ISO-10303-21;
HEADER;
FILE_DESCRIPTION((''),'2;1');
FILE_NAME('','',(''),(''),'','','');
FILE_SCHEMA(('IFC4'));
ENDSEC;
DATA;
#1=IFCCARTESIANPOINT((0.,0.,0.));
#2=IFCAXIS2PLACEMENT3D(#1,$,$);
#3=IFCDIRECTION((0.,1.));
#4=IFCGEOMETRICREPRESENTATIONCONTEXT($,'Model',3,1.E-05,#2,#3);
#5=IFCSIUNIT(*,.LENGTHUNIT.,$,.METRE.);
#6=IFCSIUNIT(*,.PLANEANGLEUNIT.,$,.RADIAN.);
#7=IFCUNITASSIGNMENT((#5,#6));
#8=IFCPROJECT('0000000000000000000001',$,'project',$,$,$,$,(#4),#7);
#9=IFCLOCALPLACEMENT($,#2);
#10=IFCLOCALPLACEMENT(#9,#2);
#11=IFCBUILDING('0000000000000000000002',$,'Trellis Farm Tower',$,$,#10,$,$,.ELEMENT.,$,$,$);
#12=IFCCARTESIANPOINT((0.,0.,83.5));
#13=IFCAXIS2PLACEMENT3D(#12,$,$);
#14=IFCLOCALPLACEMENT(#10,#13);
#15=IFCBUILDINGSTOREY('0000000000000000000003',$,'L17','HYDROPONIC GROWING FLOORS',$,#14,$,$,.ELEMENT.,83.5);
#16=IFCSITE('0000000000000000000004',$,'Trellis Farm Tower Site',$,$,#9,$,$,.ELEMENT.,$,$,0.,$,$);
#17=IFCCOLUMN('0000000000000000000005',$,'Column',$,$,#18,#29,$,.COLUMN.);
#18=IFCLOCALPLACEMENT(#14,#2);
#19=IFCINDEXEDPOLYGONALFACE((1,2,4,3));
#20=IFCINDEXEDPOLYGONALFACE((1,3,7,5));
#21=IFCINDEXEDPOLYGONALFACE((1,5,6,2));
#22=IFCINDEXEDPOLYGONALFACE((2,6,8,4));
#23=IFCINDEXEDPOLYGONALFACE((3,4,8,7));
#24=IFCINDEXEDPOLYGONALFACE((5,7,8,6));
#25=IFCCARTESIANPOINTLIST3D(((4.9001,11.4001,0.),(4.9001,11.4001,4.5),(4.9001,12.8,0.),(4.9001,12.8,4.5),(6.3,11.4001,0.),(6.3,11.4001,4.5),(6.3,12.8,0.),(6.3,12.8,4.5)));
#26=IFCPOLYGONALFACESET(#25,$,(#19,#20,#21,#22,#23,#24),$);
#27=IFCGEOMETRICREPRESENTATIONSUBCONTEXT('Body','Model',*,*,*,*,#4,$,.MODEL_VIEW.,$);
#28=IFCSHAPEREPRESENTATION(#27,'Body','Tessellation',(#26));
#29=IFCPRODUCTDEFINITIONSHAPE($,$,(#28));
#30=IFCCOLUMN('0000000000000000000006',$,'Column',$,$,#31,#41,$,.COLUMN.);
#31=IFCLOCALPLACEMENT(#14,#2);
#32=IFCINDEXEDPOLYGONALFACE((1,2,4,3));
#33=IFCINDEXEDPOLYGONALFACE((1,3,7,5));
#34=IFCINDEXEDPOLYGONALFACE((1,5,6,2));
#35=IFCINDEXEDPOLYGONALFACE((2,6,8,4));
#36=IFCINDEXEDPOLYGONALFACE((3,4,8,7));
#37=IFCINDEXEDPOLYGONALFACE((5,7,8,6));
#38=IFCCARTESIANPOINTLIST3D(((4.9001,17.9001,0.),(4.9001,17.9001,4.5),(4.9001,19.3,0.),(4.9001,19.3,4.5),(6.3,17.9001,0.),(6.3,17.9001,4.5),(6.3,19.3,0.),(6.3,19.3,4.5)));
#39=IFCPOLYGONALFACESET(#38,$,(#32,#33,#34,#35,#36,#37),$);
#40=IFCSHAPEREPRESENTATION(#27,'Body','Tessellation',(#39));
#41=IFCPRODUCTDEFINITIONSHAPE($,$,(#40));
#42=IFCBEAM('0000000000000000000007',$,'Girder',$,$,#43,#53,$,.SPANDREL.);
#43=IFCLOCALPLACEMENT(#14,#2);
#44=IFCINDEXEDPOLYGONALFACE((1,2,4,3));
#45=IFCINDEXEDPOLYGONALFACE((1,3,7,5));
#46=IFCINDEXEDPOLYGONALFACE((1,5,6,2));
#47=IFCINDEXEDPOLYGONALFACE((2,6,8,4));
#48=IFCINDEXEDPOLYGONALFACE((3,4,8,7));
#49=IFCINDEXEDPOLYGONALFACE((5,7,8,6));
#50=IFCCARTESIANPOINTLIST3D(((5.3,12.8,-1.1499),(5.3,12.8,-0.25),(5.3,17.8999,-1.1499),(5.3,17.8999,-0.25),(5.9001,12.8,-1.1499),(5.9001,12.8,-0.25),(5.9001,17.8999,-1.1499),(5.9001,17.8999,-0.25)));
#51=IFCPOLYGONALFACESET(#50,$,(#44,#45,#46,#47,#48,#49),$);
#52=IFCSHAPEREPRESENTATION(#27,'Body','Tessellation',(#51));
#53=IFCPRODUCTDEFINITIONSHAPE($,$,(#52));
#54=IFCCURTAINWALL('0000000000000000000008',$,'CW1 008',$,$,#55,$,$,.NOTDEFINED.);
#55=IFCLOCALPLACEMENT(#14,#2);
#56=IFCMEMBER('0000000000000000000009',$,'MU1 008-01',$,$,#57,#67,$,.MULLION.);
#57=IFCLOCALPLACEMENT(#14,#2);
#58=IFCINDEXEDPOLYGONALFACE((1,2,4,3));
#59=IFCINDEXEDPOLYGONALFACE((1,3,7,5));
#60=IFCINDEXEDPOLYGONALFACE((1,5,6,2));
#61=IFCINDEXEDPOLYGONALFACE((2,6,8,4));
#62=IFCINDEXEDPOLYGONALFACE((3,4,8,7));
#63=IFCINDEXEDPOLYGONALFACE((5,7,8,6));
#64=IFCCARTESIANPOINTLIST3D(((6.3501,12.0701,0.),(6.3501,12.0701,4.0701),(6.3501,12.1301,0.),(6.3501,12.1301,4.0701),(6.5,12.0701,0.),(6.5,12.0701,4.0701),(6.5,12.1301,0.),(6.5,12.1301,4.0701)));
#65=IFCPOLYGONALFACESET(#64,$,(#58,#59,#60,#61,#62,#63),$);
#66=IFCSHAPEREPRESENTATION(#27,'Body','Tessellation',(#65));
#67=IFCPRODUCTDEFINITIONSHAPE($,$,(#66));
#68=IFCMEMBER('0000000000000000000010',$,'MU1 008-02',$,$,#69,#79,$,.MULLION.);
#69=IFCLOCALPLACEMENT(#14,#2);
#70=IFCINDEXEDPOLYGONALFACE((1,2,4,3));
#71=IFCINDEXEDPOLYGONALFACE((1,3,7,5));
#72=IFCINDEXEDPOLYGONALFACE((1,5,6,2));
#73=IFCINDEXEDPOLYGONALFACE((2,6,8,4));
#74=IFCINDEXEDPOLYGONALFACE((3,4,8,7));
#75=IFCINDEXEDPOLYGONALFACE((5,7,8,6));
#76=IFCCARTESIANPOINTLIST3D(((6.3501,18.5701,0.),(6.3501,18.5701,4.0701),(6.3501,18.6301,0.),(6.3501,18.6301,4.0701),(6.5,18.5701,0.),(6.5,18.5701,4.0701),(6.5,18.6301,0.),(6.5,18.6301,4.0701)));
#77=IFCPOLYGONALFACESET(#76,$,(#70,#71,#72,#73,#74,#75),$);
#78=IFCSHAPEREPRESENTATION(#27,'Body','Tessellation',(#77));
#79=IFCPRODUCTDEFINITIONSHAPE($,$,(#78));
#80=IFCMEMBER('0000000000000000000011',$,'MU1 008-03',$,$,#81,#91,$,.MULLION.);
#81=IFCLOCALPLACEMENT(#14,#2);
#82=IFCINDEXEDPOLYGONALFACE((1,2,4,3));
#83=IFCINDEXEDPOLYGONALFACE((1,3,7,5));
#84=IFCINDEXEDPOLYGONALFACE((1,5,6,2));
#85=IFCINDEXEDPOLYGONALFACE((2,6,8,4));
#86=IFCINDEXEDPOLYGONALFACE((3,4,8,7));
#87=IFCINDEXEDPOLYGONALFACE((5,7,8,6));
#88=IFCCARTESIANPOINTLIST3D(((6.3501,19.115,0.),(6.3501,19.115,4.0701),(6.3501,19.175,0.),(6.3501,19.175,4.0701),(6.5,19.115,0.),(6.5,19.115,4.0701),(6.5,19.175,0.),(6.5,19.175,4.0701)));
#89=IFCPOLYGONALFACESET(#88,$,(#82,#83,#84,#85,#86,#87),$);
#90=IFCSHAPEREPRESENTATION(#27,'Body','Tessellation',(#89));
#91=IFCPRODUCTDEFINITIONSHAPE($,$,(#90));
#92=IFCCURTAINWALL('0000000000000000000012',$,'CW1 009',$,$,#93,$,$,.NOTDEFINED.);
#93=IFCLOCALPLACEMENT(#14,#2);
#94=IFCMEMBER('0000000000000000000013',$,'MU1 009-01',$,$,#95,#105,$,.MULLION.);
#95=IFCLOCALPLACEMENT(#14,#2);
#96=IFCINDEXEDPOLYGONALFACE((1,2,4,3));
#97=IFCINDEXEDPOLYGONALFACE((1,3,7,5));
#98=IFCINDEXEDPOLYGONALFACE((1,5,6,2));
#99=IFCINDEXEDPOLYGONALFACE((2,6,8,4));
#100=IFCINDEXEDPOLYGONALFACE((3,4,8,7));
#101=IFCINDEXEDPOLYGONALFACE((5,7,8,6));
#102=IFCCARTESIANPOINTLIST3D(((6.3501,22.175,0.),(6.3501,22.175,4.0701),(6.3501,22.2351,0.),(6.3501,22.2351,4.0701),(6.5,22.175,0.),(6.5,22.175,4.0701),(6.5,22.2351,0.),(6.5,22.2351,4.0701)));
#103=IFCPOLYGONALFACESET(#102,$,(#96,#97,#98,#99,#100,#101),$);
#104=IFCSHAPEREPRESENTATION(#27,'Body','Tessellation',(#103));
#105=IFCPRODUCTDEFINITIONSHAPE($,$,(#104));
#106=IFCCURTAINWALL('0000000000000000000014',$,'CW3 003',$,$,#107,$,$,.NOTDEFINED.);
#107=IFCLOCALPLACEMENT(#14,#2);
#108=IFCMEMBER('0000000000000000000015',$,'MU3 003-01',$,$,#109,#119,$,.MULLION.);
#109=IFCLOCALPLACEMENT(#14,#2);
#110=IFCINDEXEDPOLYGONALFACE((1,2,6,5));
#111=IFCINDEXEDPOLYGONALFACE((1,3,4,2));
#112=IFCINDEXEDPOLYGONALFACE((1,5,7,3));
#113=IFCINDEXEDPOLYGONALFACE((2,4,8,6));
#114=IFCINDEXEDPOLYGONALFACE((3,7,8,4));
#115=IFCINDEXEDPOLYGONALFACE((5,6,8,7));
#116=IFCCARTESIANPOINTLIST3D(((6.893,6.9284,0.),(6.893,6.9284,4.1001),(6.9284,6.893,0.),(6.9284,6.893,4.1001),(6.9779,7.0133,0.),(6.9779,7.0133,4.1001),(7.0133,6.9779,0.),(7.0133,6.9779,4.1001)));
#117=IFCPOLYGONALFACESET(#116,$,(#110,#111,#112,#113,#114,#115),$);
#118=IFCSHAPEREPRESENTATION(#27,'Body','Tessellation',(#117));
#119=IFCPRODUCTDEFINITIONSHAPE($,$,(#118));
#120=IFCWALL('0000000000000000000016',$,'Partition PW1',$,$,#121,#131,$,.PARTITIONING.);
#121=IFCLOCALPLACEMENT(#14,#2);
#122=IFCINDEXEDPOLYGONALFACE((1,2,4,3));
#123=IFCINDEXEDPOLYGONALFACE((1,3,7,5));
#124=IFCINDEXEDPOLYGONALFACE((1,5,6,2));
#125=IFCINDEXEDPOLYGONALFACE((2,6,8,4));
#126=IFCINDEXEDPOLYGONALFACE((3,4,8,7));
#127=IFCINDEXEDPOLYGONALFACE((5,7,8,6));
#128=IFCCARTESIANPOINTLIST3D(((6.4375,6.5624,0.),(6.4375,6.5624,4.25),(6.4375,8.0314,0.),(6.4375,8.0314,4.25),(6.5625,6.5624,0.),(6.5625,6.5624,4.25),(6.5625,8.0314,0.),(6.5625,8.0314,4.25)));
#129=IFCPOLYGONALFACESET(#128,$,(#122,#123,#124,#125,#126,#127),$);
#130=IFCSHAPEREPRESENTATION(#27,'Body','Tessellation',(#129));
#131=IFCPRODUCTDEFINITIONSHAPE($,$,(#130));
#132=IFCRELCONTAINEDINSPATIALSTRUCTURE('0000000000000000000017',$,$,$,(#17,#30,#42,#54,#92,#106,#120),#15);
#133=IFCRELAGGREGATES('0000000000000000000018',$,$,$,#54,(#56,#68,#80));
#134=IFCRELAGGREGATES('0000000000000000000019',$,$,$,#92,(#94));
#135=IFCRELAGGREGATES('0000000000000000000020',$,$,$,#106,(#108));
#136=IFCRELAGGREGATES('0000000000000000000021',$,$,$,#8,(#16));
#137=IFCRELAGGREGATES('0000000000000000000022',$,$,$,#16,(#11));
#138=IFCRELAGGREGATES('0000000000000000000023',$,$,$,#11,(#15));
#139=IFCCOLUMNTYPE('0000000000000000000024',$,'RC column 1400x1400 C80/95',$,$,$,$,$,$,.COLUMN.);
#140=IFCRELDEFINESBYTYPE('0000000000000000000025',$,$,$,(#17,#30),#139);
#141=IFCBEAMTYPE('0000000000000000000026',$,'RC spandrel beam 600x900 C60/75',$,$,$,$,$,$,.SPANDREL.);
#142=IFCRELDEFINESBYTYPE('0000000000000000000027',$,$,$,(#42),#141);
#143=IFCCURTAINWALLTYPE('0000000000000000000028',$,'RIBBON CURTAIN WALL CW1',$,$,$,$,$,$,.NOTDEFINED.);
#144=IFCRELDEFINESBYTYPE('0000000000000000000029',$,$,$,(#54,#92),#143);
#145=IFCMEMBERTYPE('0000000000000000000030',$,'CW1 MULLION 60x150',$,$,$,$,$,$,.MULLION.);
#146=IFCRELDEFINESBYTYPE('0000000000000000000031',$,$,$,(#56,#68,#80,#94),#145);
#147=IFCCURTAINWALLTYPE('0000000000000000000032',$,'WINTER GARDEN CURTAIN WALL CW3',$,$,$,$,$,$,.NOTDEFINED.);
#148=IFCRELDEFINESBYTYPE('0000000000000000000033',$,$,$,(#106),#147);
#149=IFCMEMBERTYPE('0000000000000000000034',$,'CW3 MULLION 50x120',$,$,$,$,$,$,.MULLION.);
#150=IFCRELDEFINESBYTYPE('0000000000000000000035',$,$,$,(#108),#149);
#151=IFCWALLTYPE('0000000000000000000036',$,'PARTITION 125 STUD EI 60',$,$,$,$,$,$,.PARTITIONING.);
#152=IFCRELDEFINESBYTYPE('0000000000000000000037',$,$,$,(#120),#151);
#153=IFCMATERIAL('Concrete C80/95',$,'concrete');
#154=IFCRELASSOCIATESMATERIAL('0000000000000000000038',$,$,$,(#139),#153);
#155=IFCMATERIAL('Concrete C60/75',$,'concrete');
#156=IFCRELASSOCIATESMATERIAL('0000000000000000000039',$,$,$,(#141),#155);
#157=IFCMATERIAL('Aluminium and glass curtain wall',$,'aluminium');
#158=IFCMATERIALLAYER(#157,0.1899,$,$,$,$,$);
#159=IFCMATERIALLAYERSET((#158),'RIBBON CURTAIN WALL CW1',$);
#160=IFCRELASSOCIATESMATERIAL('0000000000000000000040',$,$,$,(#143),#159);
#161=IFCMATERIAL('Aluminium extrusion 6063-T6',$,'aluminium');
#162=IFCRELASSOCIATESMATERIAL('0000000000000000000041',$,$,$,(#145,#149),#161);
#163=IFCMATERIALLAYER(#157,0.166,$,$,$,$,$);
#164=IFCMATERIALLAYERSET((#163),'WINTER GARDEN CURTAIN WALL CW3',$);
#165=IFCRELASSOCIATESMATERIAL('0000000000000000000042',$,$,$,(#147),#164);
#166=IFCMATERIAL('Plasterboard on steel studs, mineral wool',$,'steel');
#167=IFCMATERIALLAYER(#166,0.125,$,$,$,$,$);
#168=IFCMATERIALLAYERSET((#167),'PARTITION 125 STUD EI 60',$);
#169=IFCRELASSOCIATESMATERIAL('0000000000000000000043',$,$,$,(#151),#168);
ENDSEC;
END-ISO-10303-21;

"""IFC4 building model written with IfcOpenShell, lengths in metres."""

from ifc_helpers import new_model, si_unit, direction, frame, frame_2d, origin, origin_2d, place, context, subcontext, project, spatial, rectangle, extrude, source, transform, mapped, material, layer, layer_set, material_profile, profile_set, type_object, element, aggregate, save


model = new_model("IFC4")

# Units and contexts
model_context = context("Model", 3, precision=1e-05, world=origin(), true_north=direction((0.0, 1.0)))
body_context = subcontext(model_context, "Body", "Model", "MODEL_VIEW")
ifc_project = project(units=[si_unit("LENGTHUNIT", "METRE"), si_unit("PLANEANGLEUNIT", "RADIAN")], contexts=[model_context])

# Site, building, storey
site_placement = place(None, origin())
site = spatial("IfcSite", under=ifc_project, at=site_placement, Name="Trellis Farm Tower Site", CompositionType="ELEMENT", RefElevation=0.0)
building_placement = place(site_placement, origin())
building = spatial("IfcBuilding", under=site, at=building_placement, Name="Trellis Farm Tower", CompositionType="ELEMENT")
storey_placement = place(building_placement, frame((0.0, 0.0, 83.5)))
storey = spatial("IfcBuildingStorey", under=building, at=storey_placement, Name="L17", Description="HYDROPONIC GROWING FLOORS", CompositionType="ELEMENT", Elevation=83.5)

# Columns
ifc_material_1 = material(Name="Concrete C80/95", Category="concrete")
ifc_material_profile_1 = material_profile(ifc_material_1, rectangle(XDim=1.3999, YDim=1.3999, at=origin_2d()), Name="RC column 1400x1400 C80/95")
ifc_profile_set_1 = profile_set([ifc_material_profile_1], Name="Concrete C80/95")
column_type = type_object("IfcColumnType", Name="RC column 1400x1400 C80/95", PredefinedType="COLUMN", material=ifc_profile_set_1)
shared_shape_1 = source(origin(), body_context, "Body", "SweptSolid", [
    extrude(rectangle(XDim=1.3999, YDim=1.3999, at=origin_2d()), origin(), (0.0, 0.0, 1.0), 4.5),
])
for number, where, z_axis, x_axis, name in (
    (1, (5.6001, 12.1001, 0.0), (0.0, 0.0, 1.0), (1.0, 0.0, 0.0), "Column"),
    (2, (5.6001, 18.6001, 0.0), (0.0, 0.0, 1.0), (1.0, 0.0, 0.0), "Column"),
):
    element("IfcColumn", number, at=place(storey_placement, frame(where, z_axis=z_axis, x_axis=x_axis)), inside=storey, type_object=column_type, Name=name, PredefinedType="COLUMN", context=body_context, shape_type="MappedRepresentation", body=[
        mapped(shared_shape_1, transform((0.0, 0.0, 0.0))),
    ])

# Beam
ifc_material_2 = material(Name="Concrete C60/75", Category="concrete")
ifc_material_profile_2 = material_profile(ifc_material_2, rectangle(XDim=0.6001, YDim=0.8999, at=origin_2d()), Name="RC spandrel beam 600x900 C60/75")
ifc_profile_set_2 = profile_set([ifc_material_profile_2], Name="Concrete C60/75")
beam_type = type_object("IfcBeamType", Name="RC spandrel beam 600x900 C60/75", PredefinedType="SPANDREL", material=ifc_profile_set_2)
shared_shape_2 = source(origin(), body_context, "Body", "SweptSolid", [
    extrude(rectangle(XDim=0.6001, YDim=0.8999, at=origin_2d()), origin(), (0.0, 0.0, 1.0), 5.0999),
])
beam_placement = place(storey_placement, frame((5.6001, 12.8, -0.7), z_axis=(0.0, 1.0, 0.0), x_axis=(-1.0, 0.0, 0.0)))
element("IfcBeam", 3, at=beam_placement, inside=storey, type_object=beam_type, Name="Girder", PredefinedType="SPANDREL", context=body_context, shape_type="MappedRepresentation", body=[
    mapped(shared_shape_2, transform((0.0, 0.0, 0.0))),
])

# Curtain wall, members
ifc_material_3 = material(Name="Aluminium and glass curtain wall", Category="aluminium")
ifc_layer_1 = layer(ifc_material_3, 0.1899)
ifc_layer_set_1 = layer_set([ifc_layer_1], Name="RIBBON CURTAIN WALL CW1")
curtain_wall_type_1 = type_object("IfcCurtainWallType", Name="RIBBON CURTAIN WALL CW1", PredefinedType="NOTDEFINED", material=ifc_layer_set_1)
placement = place(storey_placement, origin())
curtain_wall_1 = element("IfcCurtainWall", 4, at=placement, inside=storey, type_object=curtain_wall_type_1, Name="CW1 008", PredefinedType="NOTDEFINED")
ifc_material_4 = material(Name="Aluminium extrusion 6063-T6", Category="aluminium")
ifc_material_profile_3 = material_profile(ifc_material_4, rectangle(XDim=0.0601, YDim=0.1499, at=origin_2d()), Name="MULLION 60x150")
ifc_profile_set_3 = profile_set([ifc_material_profile_3], Name="Aluminium extrusion 6063-T6")
member_type_1 = type_object("IfcMemberType", Name="CW1 MULLION 60x150", PredefinedType="MULLION", material=ifc_profile_set_3)
shared_shape_3 = source(origin(), body_context, "Body", "SweptSolid", [
    extrude(rectangle(XDim=0.0601, YDim=0.1499, at=origin_2d()), origin(), (0.0, 0.0, 1.0), 4.0701),
])
member_1_placement = place(storey_placement, frame((6.425, 12.1001, 0.0), z_axis=(0.0, 0.0, 1.0), x_axis=(0.0, 1.0, 0.0)))
member_1 = element("IfcMember", 5, at=member_1_placement, type_object=member_type_1, Name="MU1 008-01", PredefinedType="MULLION", context=body_context, shape_type="MappedRepresentation", body=[
    mapped(shared_shape_3, transform((0.0, 0.0, 0.0))),
])
member_2_placement = place(storey_placement, frame((6.425, 18.6001, 0.0), z_axis=(0.0, 0.0, 1.0), x_axis=(0.0, 1.0, 0.0)))
member_2 = element("IfcMember", 6, at=member_2_placement, type_object=member_type_1, Name="MU1 008-02", PredefinedType="MULLION", context=body_context, shape_type="MappedRepresentation", body=[
    mapped(shared_shape_3, transform((0.0, 0.0, 0.0))),
])
member_3_placement = place(storey_placement, frame((6.425, 19.145, 0.0), z_axis=(0.0, 0.0, 1.0), x_axis=(0.0, 1.0, 0.0)))
member_3 = element("IfcMember", 7, at=member_3_placement, type_object=member_type_1, Name="MU1 008-03", PredefinedType="MULLION", context=body_context, shape_type="MappedRepresentation", body=[
    mapped(shared_shape_3, transform((0.0, 0.0, 0.0))),
])
aggregate(curtain_wall_1, [member_1, member_2, member_3])

# Curtain walls, members
curtain_wall_2 = element("IfcCurtainWall", 8, at=placement, inside=storey, type_object=curtain_wall_type_1, Name="CW1 009", PredefinedType="NOTDEFINED")
member_4_placement = place(storey_placement, frame((6.425, 22.2051, 0.0), z_axis=(0.0, 0.0, 1.0), x_axis=(0.0, 1.0, 0.0)))
member_4 = element("IfcMember", 9, at=member_4_placement, type_object=member_type_1, Name="MU1 009-01", PredefinedType="MULLION", context=body_context, shape_type="MappedRepresentation", body=[
    mapped(shared_shape_3, transform((0.0, 0.0, 0.0))),
])
aggregate(curtain_wall_2, [member_4])
ifc_layer_2 = layer(ifc_material_3, 0.166)
ifc_layer_set_2 = layer_set([ifc_layer_2], Name="WINTER GARDEN CURTAIN WALL CW3")
curtain_wall_type_2 = type_object("IfcCurtainWallType", Name="WINTER GARDEN CURTAIN WALL CW3", PredefinedType="NOTDEFINED", material=ifc_layer_set_2)
curtain_wall_3 = element("IfcCurtainWall", 10, at=placement, inside=storey, type_object=curtain_wall_type_2, Name="CW3 003", PredefinedType="NOTDEFINED")
ifc_material_profile_4 = material_profile(ifc_material_4, rectangle(XDim=0.05, YDim=0.1201, at=origin_2d()), Name="MULLION 50x120")
ifc_profile_set_4 = profile_set([ifc_material_profile_4], Name="Aluminium extrusion 6063-T6")
member_type_2 = type_object("IfcMemberType", Name="CW3 MULLION 50x120", PredefinedType="MULLION", material=ifc_profile_set_4)
shared_shape_4 = source(origin(), body_context, "Body", "SweptSolid", [
    extrude(rectangle(XDim=0.05, YDim=0.1201, at=origin_2d()), origin(), (0.0, 0.0, 1.0), 4.1001),
])
member_5_placement = place(storey_placement, frame((6.9531, 6.9531, 0.0), z_axis=(0.0, 0.0, 1.0), x_axis=(-0.707107, 0.707107, 0.0)))
member_5 = element("IfcMember", 11, at=member_5_placement, type_object=member_type_2, Name="MU3 003-01", PredefinedType="MULLION", context=body_context, shape_type="MappedRepresentation", body=[
    mapped(shared_shape_4, transform((0.0, 0.0, 0.0))),
])
aggregate(curtain_wall_3, [member_5])

# Wall
ifc_material_5 = material(Name="Plasterboard on steel studs, mineral wool", Category="steel")
ifc_layer_3 = layer(ifc_material_5, 0.125)
ifc_layer_set_3 = layer_set([ifc_layer_3], Name="PARTITION 125 STUD EI 60")
wall_type_1 = type_object("IfcWallType", Name="PARTITION 125 STUD EI 60", PredefinedType="PARTITIONING", material=ifc_layer_set_3)
shared_shape_5 = source(origin(), body_context, "Body", "SweptSolid", [
    extrude(rectangle(XDim=1.469, YDim=0.125, at=frame_2d((0.7344, 0.0))), origin(), (0.0, 0.0, 1.0), 4.25),
])
wall_1_placement = place(storey_placement, frame((6.5, 6.5625, 0.0), z_axis=(0.0, 0.0, 1.0), x_axis=(0.0, 1.0, 0.0)))
element("IfcWall", 12, at=wall_1_placement, inside=storey, type_object=wall_type_1, Name="Partition PW1", PredefinedType="PARTITIONING", context=body_context, shape_type="MappedRepresentation", body=[
    mapped(shared_shape_5, transform((0.0, 0.0, 0.0))),
])

save(model, "model.ifc")
